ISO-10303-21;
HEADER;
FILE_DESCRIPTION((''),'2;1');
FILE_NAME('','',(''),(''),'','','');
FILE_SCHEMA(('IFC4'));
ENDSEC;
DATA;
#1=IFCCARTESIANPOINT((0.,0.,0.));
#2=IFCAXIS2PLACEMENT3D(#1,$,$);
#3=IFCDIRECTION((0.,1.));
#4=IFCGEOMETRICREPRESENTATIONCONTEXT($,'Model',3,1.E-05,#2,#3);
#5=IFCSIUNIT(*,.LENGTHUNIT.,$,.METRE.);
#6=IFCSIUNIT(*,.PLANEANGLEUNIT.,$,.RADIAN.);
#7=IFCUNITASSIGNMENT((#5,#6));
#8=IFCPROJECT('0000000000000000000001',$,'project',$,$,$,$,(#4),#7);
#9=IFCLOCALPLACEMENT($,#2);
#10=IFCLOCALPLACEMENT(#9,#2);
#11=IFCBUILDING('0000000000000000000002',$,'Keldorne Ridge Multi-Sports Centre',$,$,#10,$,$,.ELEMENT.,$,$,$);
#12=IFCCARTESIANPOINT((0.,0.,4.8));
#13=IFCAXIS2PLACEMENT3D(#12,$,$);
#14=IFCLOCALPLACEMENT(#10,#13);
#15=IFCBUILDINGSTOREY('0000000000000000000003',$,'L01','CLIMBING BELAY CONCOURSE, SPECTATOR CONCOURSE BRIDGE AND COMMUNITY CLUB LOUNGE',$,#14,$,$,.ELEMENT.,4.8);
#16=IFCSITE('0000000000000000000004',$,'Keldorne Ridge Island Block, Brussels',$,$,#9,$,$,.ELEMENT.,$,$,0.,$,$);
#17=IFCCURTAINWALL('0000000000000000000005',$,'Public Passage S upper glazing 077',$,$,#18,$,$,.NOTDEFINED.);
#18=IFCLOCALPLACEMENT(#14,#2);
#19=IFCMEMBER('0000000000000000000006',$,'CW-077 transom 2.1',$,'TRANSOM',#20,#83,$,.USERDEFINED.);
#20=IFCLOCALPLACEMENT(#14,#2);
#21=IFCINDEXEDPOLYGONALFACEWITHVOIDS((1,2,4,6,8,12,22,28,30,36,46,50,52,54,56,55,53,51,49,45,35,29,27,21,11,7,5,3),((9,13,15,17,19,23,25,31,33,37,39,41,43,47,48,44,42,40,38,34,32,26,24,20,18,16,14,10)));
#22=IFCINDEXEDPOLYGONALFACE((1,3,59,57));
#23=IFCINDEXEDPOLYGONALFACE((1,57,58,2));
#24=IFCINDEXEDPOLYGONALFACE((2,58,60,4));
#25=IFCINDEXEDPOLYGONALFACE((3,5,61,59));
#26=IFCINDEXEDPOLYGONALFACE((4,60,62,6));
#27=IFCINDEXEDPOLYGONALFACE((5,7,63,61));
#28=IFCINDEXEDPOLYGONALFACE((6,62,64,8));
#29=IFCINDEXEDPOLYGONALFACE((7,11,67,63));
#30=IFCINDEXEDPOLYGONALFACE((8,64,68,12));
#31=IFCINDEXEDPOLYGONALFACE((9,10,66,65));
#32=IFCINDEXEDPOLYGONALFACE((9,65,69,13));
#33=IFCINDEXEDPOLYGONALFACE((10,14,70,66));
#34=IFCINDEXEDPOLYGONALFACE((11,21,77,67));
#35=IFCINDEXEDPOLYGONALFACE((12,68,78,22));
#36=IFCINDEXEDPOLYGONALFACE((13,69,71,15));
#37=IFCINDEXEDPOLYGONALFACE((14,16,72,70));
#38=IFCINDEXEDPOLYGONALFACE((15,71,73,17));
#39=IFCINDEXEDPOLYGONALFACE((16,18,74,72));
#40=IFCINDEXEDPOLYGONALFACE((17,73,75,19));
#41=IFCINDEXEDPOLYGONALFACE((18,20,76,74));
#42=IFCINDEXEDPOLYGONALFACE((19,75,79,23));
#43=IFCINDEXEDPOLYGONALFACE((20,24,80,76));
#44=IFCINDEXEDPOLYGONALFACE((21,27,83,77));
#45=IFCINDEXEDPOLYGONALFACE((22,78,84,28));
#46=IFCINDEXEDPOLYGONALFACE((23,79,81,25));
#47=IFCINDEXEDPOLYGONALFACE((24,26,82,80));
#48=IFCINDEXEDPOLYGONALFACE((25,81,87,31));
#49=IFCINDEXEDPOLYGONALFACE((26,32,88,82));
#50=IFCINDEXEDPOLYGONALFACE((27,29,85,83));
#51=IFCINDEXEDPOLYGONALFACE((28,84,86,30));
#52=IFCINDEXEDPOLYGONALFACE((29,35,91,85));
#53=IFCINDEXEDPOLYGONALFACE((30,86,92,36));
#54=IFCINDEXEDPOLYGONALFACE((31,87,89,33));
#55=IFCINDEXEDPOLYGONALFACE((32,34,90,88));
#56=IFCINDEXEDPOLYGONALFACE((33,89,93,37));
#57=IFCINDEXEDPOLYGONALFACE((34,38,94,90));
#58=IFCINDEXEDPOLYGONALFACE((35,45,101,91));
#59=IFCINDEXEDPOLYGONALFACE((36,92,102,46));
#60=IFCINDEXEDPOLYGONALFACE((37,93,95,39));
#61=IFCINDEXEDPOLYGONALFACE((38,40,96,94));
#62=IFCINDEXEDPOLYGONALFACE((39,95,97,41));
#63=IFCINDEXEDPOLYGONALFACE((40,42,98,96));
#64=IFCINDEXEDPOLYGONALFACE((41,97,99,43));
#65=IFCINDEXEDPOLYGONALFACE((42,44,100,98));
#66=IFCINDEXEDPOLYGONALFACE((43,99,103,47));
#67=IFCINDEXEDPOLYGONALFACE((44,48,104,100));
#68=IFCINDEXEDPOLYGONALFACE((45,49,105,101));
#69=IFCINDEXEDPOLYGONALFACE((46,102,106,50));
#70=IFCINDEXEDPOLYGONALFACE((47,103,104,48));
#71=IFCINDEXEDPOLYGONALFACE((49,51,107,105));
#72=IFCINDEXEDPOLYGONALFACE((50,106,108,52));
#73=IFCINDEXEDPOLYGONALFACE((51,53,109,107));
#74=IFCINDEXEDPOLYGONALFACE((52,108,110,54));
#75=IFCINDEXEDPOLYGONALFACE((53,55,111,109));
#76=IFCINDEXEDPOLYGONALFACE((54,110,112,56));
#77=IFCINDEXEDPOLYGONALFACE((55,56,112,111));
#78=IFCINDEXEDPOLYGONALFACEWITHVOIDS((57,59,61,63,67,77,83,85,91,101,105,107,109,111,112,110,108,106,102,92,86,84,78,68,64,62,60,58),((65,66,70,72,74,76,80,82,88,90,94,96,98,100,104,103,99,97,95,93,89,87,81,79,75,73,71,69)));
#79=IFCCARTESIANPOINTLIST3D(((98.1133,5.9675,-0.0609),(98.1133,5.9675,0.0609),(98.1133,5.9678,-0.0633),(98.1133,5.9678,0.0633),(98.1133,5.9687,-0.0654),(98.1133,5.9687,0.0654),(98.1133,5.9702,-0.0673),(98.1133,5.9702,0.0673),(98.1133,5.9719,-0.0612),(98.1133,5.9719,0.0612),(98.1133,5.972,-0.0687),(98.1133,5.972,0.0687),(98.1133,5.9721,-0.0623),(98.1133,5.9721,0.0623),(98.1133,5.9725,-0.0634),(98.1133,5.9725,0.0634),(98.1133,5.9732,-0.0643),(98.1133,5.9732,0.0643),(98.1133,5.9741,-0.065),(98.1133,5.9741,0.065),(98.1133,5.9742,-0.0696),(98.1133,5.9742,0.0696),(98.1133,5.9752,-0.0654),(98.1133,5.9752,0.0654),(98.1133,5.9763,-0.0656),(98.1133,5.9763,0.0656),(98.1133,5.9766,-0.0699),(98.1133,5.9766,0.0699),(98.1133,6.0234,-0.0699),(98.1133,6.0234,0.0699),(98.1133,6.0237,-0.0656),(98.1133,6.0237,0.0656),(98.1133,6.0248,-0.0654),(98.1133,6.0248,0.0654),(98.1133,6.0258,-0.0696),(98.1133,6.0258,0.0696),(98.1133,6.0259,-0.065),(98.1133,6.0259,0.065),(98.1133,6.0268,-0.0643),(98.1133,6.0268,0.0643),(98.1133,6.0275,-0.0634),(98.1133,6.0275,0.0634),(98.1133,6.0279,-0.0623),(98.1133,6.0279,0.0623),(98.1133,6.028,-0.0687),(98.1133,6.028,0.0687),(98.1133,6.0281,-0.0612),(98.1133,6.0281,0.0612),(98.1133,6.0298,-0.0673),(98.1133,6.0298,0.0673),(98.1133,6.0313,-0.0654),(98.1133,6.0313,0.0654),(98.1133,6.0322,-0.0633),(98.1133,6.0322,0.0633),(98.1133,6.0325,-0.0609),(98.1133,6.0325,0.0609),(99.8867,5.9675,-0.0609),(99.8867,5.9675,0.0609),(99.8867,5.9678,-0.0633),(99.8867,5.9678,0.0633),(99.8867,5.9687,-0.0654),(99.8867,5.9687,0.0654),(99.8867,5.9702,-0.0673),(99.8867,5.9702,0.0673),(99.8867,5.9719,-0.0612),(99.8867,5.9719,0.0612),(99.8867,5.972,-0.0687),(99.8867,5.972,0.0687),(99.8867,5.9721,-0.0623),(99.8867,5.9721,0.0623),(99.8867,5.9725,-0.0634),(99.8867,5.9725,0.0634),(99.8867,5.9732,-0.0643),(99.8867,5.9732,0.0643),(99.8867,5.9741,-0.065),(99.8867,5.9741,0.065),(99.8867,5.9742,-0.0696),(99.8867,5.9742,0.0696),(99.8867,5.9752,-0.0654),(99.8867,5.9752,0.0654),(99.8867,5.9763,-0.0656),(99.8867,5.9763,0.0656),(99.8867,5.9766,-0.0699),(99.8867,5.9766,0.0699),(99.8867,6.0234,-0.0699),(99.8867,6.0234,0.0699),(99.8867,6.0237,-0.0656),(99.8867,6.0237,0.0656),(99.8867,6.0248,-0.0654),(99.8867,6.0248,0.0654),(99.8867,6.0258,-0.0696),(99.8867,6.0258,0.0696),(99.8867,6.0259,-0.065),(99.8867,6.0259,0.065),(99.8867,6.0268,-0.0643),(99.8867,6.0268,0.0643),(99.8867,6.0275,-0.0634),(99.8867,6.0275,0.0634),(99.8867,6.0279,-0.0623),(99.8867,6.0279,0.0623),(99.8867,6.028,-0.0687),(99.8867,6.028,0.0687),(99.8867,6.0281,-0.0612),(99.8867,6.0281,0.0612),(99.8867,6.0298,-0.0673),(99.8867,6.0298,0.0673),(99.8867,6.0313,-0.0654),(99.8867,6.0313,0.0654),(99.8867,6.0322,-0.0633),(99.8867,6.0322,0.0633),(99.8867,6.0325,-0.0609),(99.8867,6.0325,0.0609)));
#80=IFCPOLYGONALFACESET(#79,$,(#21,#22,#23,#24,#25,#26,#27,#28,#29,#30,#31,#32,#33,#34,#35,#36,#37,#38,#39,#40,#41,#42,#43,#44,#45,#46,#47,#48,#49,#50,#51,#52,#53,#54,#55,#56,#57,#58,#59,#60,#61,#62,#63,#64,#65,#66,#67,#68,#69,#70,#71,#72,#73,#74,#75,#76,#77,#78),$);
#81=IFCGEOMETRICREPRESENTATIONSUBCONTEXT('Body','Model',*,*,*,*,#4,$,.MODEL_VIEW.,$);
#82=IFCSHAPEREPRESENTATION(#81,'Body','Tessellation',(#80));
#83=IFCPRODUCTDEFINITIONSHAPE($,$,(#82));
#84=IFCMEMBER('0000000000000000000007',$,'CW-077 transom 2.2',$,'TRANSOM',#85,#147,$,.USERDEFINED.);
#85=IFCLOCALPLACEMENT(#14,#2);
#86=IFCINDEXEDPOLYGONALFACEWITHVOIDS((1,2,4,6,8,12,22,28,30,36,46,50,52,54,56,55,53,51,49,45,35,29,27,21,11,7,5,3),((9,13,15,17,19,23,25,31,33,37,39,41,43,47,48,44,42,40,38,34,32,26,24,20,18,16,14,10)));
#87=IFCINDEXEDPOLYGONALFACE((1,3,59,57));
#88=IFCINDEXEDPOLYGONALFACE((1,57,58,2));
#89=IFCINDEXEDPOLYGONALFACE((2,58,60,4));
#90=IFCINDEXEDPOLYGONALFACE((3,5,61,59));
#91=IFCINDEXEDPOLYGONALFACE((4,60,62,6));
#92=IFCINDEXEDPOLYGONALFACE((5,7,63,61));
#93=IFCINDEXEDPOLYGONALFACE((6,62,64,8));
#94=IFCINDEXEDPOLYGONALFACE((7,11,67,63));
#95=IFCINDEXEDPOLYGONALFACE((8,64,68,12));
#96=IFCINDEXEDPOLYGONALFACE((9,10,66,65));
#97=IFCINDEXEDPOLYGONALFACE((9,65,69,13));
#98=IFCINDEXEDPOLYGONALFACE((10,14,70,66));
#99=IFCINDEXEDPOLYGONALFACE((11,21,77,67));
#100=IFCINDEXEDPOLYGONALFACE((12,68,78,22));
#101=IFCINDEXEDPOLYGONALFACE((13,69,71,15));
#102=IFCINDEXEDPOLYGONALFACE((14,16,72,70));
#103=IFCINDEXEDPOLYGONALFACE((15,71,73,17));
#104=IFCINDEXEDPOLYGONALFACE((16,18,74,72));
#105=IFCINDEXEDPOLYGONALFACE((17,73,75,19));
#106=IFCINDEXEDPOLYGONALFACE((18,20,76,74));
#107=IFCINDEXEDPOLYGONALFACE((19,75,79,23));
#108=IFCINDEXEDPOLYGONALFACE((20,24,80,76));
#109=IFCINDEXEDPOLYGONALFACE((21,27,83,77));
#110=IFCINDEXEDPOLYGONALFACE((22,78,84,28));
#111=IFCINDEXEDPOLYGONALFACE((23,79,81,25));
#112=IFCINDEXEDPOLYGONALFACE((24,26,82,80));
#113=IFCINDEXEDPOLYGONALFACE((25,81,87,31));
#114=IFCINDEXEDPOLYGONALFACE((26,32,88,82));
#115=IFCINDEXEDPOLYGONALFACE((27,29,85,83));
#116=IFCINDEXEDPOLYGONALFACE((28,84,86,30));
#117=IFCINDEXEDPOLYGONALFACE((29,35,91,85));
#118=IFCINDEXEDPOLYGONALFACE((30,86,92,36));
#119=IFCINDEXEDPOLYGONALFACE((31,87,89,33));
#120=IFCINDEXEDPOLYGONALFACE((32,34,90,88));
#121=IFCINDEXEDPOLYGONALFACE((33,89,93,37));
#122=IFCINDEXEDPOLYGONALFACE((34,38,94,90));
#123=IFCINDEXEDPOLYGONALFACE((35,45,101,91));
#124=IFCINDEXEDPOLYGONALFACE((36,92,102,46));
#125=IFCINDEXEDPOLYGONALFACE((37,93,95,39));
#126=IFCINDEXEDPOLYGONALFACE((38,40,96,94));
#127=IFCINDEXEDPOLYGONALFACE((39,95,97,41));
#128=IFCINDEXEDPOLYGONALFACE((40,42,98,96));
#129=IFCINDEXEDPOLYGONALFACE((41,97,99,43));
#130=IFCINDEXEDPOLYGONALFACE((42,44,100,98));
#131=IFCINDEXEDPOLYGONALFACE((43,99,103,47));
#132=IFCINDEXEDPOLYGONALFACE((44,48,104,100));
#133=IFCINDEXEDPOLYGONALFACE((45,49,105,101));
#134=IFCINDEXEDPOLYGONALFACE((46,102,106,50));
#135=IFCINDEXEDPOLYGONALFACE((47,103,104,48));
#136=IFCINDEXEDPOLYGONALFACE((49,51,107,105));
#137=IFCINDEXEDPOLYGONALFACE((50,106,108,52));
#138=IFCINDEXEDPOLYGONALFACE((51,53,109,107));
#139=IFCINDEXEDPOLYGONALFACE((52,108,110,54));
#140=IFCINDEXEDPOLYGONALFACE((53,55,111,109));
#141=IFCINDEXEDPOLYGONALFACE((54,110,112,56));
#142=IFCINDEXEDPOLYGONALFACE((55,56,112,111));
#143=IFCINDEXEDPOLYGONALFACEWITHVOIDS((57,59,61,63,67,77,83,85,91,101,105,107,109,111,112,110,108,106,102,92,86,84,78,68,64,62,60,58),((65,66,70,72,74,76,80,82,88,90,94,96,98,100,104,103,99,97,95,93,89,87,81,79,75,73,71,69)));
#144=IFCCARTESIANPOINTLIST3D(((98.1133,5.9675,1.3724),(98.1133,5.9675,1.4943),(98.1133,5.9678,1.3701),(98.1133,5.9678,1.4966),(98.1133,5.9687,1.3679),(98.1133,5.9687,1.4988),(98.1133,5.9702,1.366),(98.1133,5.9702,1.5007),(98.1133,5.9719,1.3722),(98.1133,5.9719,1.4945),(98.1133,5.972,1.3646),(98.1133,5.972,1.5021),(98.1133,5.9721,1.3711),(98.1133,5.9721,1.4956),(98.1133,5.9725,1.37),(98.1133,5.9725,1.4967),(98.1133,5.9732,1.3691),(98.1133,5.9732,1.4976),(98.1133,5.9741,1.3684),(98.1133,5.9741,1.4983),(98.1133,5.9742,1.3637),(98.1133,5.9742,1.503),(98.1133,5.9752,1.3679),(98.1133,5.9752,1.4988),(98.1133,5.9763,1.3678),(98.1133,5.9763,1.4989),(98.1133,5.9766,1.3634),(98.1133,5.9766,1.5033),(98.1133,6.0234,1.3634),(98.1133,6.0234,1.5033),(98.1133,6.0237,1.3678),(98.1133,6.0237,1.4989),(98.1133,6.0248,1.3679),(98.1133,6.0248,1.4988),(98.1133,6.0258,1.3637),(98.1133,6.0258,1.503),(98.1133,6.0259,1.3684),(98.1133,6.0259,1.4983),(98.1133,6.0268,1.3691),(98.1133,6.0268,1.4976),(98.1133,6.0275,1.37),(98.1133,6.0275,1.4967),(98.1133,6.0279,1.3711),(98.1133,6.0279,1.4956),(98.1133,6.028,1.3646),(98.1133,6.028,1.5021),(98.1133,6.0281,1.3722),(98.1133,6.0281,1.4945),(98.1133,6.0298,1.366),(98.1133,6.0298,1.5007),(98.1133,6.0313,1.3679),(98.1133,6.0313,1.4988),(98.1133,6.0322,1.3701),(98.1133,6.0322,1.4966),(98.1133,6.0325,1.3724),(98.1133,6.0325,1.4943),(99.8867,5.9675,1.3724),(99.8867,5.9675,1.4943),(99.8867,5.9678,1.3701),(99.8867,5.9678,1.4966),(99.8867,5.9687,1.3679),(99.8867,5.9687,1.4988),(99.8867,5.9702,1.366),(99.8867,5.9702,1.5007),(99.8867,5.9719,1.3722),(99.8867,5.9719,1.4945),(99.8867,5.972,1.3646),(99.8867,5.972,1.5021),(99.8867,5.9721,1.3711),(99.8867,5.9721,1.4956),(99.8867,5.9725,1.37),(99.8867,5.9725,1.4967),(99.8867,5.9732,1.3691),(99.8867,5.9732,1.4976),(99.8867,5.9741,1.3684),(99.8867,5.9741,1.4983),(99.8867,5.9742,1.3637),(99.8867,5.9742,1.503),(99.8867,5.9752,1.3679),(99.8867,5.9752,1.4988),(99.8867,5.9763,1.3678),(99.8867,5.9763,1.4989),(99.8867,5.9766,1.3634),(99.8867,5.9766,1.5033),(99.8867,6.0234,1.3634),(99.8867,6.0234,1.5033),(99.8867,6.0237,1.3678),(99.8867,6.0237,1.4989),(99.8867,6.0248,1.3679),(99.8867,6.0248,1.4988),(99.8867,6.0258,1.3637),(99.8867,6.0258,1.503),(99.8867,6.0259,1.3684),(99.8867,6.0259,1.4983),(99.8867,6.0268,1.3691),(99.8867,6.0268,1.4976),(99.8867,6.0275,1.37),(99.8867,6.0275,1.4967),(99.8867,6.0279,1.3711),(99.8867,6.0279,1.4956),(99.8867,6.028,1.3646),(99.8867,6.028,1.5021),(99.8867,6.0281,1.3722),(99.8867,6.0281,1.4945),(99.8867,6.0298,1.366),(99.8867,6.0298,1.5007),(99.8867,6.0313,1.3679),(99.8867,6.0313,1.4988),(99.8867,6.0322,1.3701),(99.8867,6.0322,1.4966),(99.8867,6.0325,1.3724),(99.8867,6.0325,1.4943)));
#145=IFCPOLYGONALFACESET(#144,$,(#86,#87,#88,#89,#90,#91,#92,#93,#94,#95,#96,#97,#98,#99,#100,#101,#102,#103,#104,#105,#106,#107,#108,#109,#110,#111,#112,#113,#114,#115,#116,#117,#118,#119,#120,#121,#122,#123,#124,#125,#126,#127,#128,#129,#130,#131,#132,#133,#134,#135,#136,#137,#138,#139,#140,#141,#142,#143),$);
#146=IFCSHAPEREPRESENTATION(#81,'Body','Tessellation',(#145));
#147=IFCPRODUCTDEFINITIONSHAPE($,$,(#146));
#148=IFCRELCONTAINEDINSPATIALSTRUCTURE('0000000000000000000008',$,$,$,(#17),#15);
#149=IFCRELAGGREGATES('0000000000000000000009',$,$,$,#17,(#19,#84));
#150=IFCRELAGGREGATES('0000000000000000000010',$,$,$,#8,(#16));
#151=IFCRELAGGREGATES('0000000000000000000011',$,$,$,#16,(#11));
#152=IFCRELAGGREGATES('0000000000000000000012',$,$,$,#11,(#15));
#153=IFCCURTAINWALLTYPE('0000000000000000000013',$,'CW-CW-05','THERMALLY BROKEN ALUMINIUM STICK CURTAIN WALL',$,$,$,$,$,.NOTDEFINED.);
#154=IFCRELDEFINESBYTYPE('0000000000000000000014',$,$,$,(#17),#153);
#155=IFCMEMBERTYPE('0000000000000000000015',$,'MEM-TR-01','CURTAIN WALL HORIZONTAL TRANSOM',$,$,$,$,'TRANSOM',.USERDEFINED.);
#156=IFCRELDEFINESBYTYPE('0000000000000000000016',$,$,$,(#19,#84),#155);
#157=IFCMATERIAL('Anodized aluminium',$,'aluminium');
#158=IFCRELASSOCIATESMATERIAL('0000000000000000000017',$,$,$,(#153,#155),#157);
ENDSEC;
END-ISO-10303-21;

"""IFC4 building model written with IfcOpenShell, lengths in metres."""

from ifc_helpers import new_model, si_unit, direction, frame, origin, origin_2d, place, context, subcontext, project, spatial, hollow_rectangle, extrude, material, material_profile, profile_set, type_object, element, aggregate, save


model = new_model("IFC4")

# Units and contexts
model_context = context("Model", 3, precision=1e-05, world=origin(), true_north=direction((0.0, 1.0)))
body_context = subcontext(model_context, "Body", "Model", "MODEL_VIEW")
ifc_project = project(units=[si_unit("LENGTHUNIT", "METRE"), si_unit("PLANEANGLEUNIT", "RADIAN")], contexts=[model_context])

# Site, building, storey
site_placement = place(None, origin())
site = spatial("IfcSite", under=ifc_project, at=site_placement, Name="Keldorne Ridge Island Block, Brussels", CompositionType="ELEMENT", RefElevation=0.0)
building_placement = place(site_placement, origin())
building = spatial("IfcBuilding", under=site, at=building_placement, Name="Keldorne Ridge Multi-Sports Centre", CompositionType="ELEMENT")
storey_placement = place(building_placement, frame((0.0, 0.0, 4.8)))
storey = spatial("IfcBuildingStorey", under=building, at=storey_placement, Name="L01", Description="CLIMBING BELAY CONCOURSE, SPECTATOR CONCOURSE BRIDGE AND COMMUNITY CLUB LOUNGE", CompositionType="ELEMENT", Elevation=4.8)

# Curtain wall
ifc_material_1 = material(Name="Anodized aluminium", Category="aluminium")
curtain_wall_type_1 = type_object("IfcCurtainWallType", Name="CW-CW-05", Description="THERMALLY BROKEN ALUMINIUM STICK CURTAIN WALL", PredefinedType="NOTDEFINED", material=ifc_material_1)
curtain_wall_1_placement = place(storey_placement, origin())
curtain_wall_1 = element("IfcCurtainWall", 1, at=curtain_wall_1_placement, inside=storey, type_object=curtain_wall_type_1, Name="Public Passage S upper glazing 077", PredefinedType="NOTDEFINED")

# Members
ifc_material_profile_1 = material_profile(ifc_material_1, hollow_rectangle(XDim=0.0649, YDim=0.1399, WallThickness=0.0044, InnerFilletRadius=0.0044, OuterFilletRadius=0.009, at=origin_2d()), Name="ALU TRANSOM 140x65x4.5")
ifc_profile_set_1 = profile_set([ifc_material_profile_1], Name="Anodized aluminium")
member_type_1 = type_object("IfcMemberType", Name="MEM-TR-01", Description="CURTAIN WALL HORIZONTAL TRANSOM", ElementType="TRANSOM", PredefinedType="USERDEFINED", material=ifc_profile_set_1)
member_1_placement = place(storey_placement, frame((98.1133, 6.0, 0.0), z_axis=(1.0, 0.0, 0.0), x_axis=(0.0, 1.0, 0.0)))
member_1 = element("IfcMember", 2, at=member_1_placement, type_object=member_type_1, Name="CW-077 transom 2.1", ObjectType="TRANSOM", PredefinedType="USERDEFINED", context=body_context, shape_type="SweptSolid", body=[
    extrude(hollow_rectangle(XDim=0.0649, YDim=0.1399, WallThickness=0.0044, InnerFilletRadius=0.0044, OuterFilletRadius=0.009, at=origin_2d()), origin(), (0.0, 0.0, 1.0), 1.7734),
])
member_2_placement = place(storey_placement, frame((98.1133, 6.0, 1.4333), z_axis=(1.0, 0.0, 0.0), x_axis=(0.0, 1.0, 0.0)))
member_2 = element("IfcMember", 3, at=member_2_placement, type_object=member_type_1, Name="CW-077 transom 2.2", ObjectType="TRANSOM", PredefinedType="USERDEFINED", context=body_context, shape_type="SweptSolid", body=[
    extrude(hollow_rectangle(XDim=0.0649, YDim=0.1399, WallThickness=0.0044, InnerFilletRadius=0.0044, OuterFilletRadius=0.009, at=origin_2d()), origin(), (0.0, 0.0, 1.0), 1.7734),
])

aggregate(curtain_wall_1, [member_1, member_2])

save(model, "model.ifc")
